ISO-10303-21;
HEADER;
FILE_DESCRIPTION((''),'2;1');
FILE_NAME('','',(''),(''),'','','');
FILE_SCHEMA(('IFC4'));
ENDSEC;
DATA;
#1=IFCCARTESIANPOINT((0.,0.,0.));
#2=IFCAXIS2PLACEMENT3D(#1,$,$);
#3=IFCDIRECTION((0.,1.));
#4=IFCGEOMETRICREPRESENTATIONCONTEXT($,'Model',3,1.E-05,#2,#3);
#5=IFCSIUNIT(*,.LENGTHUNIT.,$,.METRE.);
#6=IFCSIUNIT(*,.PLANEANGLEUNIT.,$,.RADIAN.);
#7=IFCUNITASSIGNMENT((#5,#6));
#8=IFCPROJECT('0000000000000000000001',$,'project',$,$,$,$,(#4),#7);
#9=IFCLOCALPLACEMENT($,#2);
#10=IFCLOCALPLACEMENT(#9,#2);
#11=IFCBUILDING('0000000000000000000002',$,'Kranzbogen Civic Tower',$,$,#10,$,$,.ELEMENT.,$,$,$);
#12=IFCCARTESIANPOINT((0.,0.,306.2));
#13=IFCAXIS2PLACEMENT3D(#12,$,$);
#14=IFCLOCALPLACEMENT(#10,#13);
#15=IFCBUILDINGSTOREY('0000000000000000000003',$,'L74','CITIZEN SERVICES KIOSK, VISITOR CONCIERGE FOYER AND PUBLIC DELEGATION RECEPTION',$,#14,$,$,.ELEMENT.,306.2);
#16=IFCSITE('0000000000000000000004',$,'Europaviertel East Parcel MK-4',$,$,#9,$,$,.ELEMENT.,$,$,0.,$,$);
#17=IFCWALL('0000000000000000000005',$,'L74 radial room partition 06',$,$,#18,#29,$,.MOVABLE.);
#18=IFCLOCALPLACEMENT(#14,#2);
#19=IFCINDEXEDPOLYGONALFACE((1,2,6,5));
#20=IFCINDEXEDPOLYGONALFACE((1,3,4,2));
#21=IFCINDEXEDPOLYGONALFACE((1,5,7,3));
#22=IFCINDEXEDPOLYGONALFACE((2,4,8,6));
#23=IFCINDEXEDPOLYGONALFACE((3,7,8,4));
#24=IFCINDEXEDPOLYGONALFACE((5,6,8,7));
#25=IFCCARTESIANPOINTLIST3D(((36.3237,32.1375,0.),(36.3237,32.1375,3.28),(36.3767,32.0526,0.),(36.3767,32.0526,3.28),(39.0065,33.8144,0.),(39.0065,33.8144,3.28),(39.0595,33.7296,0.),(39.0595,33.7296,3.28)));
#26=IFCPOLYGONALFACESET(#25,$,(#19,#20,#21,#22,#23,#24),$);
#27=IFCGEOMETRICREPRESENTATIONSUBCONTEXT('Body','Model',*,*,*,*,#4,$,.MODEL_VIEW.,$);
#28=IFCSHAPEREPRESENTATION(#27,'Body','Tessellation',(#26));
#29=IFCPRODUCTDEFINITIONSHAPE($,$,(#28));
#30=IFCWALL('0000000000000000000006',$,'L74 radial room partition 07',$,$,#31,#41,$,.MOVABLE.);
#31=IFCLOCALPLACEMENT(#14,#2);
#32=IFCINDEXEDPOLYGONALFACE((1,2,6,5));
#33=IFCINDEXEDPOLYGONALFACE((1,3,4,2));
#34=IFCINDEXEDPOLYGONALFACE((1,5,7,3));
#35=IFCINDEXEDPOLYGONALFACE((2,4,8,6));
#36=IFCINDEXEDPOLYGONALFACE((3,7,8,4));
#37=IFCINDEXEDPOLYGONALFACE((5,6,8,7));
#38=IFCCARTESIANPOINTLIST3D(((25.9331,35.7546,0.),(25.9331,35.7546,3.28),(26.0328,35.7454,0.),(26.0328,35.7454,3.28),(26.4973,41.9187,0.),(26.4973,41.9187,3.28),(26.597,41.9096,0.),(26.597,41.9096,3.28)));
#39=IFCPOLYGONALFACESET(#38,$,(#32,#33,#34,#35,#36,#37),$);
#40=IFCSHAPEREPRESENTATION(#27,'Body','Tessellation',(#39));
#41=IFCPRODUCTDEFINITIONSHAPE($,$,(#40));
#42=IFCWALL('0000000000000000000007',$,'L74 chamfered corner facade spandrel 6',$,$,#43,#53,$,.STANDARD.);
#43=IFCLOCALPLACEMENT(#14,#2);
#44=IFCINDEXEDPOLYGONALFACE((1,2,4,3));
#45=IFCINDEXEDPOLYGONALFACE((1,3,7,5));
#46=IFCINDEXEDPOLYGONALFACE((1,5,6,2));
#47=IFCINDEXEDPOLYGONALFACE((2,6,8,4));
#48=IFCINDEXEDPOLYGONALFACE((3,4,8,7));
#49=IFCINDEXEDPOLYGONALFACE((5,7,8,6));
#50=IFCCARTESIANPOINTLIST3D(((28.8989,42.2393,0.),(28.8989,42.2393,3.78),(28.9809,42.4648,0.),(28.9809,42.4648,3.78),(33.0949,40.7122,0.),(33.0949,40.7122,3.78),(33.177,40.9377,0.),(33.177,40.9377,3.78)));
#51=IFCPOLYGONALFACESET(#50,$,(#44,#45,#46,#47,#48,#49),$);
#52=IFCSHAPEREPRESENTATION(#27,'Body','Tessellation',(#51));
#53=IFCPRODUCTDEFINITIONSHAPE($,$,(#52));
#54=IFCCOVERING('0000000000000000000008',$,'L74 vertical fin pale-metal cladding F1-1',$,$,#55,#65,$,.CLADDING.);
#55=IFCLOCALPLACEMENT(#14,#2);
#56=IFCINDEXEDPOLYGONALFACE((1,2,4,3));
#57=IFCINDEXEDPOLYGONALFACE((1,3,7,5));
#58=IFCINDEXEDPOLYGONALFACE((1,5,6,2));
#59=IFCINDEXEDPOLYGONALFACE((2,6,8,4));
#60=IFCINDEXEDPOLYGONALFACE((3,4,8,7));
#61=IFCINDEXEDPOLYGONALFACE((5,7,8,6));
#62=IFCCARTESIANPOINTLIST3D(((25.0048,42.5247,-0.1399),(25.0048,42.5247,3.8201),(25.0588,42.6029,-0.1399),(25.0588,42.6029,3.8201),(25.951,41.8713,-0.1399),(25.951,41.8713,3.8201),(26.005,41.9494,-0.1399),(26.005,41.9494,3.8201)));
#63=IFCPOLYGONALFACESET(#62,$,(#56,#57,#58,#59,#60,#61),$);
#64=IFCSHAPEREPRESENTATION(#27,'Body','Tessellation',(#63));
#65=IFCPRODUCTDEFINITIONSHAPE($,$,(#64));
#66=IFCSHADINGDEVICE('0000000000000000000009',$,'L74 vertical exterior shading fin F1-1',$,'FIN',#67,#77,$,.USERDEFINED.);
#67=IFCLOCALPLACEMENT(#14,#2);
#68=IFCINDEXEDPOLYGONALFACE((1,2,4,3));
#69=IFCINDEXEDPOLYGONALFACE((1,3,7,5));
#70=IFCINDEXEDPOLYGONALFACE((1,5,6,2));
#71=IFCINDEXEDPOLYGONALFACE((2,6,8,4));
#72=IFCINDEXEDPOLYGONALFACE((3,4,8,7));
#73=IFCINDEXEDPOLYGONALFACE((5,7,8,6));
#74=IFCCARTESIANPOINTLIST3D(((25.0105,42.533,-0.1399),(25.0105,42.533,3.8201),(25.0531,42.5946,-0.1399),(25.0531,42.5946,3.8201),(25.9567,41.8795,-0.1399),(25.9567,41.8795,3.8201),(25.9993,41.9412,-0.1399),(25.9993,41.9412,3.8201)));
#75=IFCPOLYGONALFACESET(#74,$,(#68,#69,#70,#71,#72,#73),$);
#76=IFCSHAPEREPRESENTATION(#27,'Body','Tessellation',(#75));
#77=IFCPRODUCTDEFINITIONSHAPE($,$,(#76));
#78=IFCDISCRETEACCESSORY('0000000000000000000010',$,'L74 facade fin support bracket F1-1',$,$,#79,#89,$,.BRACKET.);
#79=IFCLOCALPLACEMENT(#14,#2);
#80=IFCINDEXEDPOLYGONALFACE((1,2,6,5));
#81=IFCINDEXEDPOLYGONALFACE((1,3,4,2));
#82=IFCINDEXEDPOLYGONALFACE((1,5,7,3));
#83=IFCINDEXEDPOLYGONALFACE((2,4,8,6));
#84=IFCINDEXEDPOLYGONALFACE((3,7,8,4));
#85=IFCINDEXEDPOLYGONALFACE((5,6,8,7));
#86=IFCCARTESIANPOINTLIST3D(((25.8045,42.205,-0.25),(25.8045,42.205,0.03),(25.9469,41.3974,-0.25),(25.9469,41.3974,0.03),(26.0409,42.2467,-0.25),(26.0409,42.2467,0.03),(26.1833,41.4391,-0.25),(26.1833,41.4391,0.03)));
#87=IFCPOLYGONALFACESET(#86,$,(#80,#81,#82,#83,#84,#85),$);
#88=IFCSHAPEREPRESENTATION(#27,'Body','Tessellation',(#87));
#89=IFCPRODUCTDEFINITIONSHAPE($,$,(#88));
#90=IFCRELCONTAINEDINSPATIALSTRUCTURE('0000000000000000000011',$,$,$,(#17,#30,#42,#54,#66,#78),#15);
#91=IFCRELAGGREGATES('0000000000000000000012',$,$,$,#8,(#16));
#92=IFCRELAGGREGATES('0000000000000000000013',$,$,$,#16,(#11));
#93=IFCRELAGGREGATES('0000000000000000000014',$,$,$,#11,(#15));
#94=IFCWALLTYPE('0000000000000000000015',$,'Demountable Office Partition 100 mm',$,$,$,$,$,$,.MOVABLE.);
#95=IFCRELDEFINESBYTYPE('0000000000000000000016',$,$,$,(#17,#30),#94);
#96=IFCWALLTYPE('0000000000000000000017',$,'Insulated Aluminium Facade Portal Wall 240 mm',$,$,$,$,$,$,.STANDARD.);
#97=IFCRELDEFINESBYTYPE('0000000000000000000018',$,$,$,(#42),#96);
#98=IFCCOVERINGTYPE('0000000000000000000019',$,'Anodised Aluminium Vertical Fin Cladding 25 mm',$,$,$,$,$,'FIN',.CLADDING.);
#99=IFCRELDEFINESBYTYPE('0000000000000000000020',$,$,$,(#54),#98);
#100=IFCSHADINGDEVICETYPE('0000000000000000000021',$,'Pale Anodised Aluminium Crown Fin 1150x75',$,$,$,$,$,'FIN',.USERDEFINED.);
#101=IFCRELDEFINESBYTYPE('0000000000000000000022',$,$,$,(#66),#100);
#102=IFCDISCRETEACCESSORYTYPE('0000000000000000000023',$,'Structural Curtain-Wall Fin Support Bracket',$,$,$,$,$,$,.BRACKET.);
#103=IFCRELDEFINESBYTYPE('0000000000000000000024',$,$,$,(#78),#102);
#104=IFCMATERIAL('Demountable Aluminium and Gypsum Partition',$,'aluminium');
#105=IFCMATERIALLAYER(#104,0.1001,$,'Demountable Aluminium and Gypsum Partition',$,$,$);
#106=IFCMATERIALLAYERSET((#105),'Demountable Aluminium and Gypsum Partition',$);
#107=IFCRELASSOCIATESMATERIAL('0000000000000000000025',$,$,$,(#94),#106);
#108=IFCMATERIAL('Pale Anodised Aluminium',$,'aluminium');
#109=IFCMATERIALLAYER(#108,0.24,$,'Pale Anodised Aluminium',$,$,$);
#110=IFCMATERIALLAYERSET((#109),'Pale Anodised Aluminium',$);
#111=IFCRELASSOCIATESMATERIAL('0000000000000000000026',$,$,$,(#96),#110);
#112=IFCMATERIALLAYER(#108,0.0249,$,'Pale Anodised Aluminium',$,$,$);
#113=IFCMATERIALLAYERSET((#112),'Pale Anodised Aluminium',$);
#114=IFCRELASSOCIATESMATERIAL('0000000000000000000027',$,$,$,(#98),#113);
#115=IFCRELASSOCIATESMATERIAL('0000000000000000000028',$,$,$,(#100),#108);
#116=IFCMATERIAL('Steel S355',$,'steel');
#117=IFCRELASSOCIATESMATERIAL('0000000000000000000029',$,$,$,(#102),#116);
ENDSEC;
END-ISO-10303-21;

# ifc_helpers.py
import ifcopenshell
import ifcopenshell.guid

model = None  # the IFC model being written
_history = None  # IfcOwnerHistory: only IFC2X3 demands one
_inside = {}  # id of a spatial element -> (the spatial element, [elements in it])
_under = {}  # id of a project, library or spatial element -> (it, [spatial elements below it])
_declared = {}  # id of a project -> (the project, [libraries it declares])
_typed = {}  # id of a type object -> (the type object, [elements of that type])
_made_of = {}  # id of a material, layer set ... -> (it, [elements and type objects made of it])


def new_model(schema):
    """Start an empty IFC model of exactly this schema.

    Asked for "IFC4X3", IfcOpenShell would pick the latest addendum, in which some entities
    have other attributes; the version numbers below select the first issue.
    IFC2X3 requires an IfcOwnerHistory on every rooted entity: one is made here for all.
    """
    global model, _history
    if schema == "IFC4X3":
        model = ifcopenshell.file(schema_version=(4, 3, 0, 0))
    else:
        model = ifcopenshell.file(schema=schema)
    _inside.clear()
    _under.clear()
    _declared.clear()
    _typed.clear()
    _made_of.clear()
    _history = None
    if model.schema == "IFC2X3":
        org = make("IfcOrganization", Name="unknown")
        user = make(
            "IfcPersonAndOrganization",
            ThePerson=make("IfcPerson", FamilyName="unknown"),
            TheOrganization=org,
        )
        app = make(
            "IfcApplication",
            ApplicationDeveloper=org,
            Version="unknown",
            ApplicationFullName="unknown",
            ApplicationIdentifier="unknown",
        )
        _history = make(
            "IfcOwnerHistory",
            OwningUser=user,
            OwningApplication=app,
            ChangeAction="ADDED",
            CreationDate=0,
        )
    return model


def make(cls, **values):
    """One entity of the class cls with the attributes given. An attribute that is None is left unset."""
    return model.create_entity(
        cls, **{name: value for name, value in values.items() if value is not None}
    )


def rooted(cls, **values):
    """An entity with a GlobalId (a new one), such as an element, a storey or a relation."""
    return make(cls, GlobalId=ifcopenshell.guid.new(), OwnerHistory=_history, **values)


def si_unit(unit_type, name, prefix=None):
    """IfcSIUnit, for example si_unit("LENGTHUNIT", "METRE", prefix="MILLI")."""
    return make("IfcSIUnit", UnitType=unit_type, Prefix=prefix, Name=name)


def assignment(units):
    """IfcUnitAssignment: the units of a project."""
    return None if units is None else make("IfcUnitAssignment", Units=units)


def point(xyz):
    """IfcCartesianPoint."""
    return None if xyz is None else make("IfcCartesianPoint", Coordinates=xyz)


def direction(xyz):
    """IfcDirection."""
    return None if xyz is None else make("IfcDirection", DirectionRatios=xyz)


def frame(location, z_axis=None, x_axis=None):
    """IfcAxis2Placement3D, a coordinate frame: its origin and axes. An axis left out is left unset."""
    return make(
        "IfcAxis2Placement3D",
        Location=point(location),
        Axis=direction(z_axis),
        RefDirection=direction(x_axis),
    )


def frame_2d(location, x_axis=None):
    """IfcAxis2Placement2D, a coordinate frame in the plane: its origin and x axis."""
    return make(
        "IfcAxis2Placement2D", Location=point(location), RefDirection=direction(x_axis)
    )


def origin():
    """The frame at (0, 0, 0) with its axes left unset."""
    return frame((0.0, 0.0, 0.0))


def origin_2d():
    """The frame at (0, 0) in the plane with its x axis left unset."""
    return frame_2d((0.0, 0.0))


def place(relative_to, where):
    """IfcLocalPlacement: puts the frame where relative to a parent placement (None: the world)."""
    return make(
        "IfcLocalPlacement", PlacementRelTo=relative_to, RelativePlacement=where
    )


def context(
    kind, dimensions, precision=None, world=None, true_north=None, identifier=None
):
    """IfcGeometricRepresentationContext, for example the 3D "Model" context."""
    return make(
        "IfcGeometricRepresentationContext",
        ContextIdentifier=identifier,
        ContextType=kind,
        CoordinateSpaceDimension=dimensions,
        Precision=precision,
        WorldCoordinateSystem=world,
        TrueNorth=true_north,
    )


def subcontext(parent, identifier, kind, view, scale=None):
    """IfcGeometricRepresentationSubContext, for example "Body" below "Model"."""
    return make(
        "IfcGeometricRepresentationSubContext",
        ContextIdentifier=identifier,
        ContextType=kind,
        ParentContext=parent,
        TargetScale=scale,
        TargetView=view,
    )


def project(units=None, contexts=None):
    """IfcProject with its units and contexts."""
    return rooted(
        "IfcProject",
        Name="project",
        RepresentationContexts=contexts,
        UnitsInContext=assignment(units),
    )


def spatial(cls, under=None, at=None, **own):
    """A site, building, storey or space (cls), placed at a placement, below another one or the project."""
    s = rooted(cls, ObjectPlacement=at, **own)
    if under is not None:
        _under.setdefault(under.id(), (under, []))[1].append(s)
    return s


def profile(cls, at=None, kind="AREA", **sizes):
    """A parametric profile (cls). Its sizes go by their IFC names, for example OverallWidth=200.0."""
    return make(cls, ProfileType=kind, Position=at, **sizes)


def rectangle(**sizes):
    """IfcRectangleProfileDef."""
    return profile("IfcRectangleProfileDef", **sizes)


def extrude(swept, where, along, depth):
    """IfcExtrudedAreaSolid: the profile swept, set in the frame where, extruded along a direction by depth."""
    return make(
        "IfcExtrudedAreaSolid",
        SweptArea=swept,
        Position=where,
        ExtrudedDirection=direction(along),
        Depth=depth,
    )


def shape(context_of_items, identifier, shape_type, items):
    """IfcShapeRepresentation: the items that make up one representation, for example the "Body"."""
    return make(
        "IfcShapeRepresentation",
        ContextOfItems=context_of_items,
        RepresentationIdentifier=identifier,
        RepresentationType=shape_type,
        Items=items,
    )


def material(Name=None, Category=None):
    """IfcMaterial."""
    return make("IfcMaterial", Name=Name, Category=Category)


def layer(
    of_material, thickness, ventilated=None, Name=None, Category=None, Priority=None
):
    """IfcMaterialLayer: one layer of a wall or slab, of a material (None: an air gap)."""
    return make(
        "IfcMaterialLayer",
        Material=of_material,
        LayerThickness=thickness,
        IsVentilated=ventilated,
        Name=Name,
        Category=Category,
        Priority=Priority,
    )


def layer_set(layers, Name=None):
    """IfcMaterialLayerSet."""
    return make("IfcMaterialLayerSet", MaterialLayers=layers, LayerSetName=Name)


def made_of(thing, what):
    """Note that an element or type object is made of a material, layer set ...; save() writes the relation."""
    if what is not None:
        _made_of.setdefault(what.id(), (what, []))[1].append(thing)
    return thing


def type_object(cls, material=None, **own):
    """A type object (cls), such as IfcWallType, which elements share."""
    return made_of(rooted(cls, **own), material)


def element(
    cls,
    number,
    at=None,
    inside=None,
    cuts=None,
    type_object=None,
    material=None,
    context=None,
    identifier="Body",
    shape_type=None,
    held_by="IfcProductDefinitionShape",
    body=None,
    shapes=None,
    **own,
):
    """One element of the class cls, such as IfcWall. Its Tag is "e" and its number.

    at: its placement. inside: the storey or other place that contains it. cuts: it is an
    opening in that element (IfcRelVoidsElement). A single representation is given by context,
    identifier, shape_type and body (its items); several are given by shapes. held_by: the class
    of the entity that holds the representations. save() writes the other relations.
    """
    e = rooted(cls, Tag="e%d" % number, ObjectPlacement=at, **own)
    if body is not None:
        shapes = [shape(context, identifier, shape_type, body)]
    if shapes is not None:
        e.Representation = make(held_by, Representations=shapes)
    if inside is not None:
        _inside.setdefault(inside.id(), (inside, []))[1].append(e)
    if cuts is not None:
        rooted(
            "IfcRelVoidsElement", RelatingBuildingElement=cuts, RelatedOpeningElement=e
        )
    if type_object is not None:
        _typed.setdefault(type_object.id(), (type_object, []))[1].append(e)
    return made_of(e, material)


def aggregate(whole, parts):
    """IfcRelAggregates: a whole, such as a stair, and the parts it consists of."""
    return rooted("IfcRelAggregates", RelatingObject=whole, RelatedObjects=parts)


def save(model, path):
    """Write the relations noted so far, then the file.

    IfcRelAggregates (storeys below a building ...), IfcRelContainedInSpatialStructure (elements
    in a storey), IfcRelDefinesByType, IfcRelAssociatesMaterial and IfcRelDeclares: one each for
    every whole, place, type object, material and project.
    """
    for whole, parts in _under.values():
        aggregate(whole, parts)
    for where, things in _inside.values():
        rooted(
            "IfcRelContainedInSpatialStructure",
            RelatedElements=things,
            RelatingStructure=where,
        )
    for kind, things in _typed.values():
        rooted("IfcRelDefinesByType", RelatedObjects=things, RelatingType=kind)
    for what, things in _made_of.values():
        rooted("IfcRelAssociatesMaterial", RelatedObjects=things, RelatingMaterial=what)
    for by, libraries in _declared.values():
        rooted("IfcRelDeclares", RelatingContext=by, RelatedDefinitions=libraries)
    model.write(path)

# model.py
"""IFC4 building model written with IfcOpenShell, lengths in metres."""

from ifc_helpers import new_model, si_unit, direction, frame, frame_2d, origin, origin_2d, place, context, subcontext, project, spatial, rectangle, extrude, material, layer, layer_set, type_object, element, save


model = new_model("IFC4")

# Units and contexts
model_context = context("Model", 3, precision=1e-05, world=origin(), true_north=direction((0.0, 1.0)))
body_context = subcontext(model_context, "Body", "Model", "MODEL_VIEW")
ifc_project = project(units=[si_unit("LENGTHUNIT", "METRE"), si_unit("PLANEANGLEUNIT", "RADIAN")], contexts=[model_context])

# Site, building, storey
site_placement = place(None, origin())
site = spatial("IfcSite", under=ifc_project, at=site_placement, Name="Europaviertel East Parcel MK-4", CompositionType="ELEMENT", RefElevation=0.0)
building_placement = place(site_placement, origin())
building = spatial("IfcBuilding", under=site, at=building_placement, Name="Kranzbogen Civic Tower", CompositionType="ELEMENT")
storey_placement = place(building_placement, frame((0.0, 0.0, 306.2)))
storey = spatial("IfcBuildingStorey", under=building, at=storey_placement, Name="L74", Description="CITIZEN SERVICES KIOSK, VISITOR CONCIERGE FOYER AND PUBLIC DELEGATION RECEPTION", CompositionType="ELEMENT", Elevation=306.2)

# Shared definitions
ifc_material_1 = material(Name="Steel S355", Category="steel")

# Shared definitions
ifc_material_2 = material(Name="Pale Anodised Aluminium", Category="aluminium")

# Walls
ifc_material_3 = material(Name="Demountable Aluminium and Gypsum Partition", Category="aluminium")
ifc_layer_1 = layer(ifc_material_3, 0.1001, Name="Demountable Aluminium and Gypsum Partition")
ifc_layer_set_1 = layer_set([ifc_layer_1], Name="Demountable Aluminium and Gypsum Partition")
wall_type_1 = type_object("IfcWallType", Name="Demountable Office Partition 100 mm", PredefinedType="MOVABLE", material=ifc_layer_set_1)
wall_1_placement = place(storey_placement, frame((36.3501, 32.095, 0.0), z_axis=(0.0, 0.0, 1.0), x_axis=(0.847968, 0.530047, 0.0)))
element("IfcWall", 1, at=wall_1_placement, inside=storey, type_object=wall_type_1, Name="L74 radial room partition 06", PredefinedType="MOVABLE", context=body_context, shape_type="SweptSolid", body=[
    extrude(rectangle(XDim=3.1638, YDim=0.1001, at=frame_2d((1.582, 0.0))), origin(), (0.0, 0.0, 1.0), 3.28),
])
wall_2_placement = place(storey_placement, frame((25.9829, 35.75, 0.0), z_axis=(0.0, 0.0, 1.0), x_axis=(0.091151, 0.995837, 0.0)))
element("IfcWall", 2, at=wall_2_placement, inside=storey, type_object=wall_type_1, Name="L74 radial room partition 07", PredefinedType="MOVABLE", context=body_context, shape_type="SweptSolid", body=[
    extrude(rectangle(XDim=6.1899, YDim=0.1001, at=frame_2d((3.095, 0.0))), origin(), (0.0, 0.0, 1.0), 3.28),
])
ifc_layer_2 = layer(ifc_material_2, 0.24, Name="Pale Anodised Aluminium")
ifc_layer_set_2 = layer_set([ifc_layer_2], Name="Pale Anodised Aluminium")
wall_type_2 = type_object("IfcWallType", Name="Insulated Aluminium Facade Portal Wall 240 mm", PredefinedType="STANDARD", material=ifc_layer_set_2)
wall_3_placement = place(storey_placement, frame((33.136, 40.825, 0.0), z_axis=(0.0, 0.0, 1.0), x_axis=(-0.939702, 0.341993, 0.0)))
element("IfcWall", 3, at=wall_3_placement, inside=storey, type_object=wall_type_2, Name="L74 chamfered corner facade spandrel 6", PredefinedType="STANDARD", context=body_context, shape_type="SweptSolid", body=[
    extrude(rectangle(XDim=4.4653, YDim=0.24, at=frame_2d((2.2327, 0.0))), origin(), (0.0, 0.0, 1.0), 3.78),
])

# Covering
ifc_layer_3 = layer(ifc_material_2, 0.0249, Name="Pale Anodised Aluminium")
ifc_layer_set_3 = layer_set([ifc_layer_3], Name="Pale Anodised Aluminium")
covering_type = type_object("IfcCoveringType", Name="Anodised Aluminium Vertical Fin Cladding 25 mm", ElementType="FIN", PredefinedType="CLADDING", material=ifc_layer_set_3)
covering_placement = place(storey_placement, frame((25.5049, 42.2371, -0.1399), z_axis=(0.0, 0.0, 1.0), x_axis=(-0.822839, 0.568275, 0.0)))
element("IfcCovering", 4, at=covering_placement, inside=storey, type_object=covering_type, Name="L74 vertical fin pale-metal cladding F1-1", PredefinedType="CLADDING", context=body_context, shape_type="SweptSolid", body=[
    extrude(rectangle(XDim=1.1499, YDim=0.095, at=origin_2d()), origin(), (0.0, 0.0, 1.0), 3.96),
])

# Shading device
shading_device_type = type_object("IfcShadingDeviceType", Name="Pale Anodised Aluminium Crown Fin 1150x75", ElementType="FIN", PredefinedType="USERDEFINED", material=ifc_material_2)
shading_device_placement = place(storey_placement, frame((25.5049, 42.2371, -0.1399), z_axis=(0.0, 0.0, 1.0), x_axis=(-0.822839, 0.568275, 0.0)))
element("IfcShadingDevice", 5, at=shading_device_placement, inside=storey, type_object=shading_device_type, Name="L74 vertical exterior shading fin F1-1", ObjectType="FIN", PredefinedType="USERDEFINED", context=body_context, shape_type="SweptSolid", body=[
    extrude(rectangle(XDim=1.1499, YDim=0.075, at=origin_2d()), origin(), (0.0, 0.0, 1.0), 3.96),
])

# Discrete accessory
discrete_accessory_type = type_object("IfcDiscreteAccessoryType", Name="Structural Curtain-Wall Fin Support Bracket", PredefinedType="BRACKET", material=ifc_material_1)
discrete_accessory_placement = place(storey_placement, frame((25.9939, 41.822, -0.25), z_axis=(0.0, 0.0, 1.0), x_axis=(-0.173648, 0.984808, 0.0)))
element("IfcDiscreteAccessory", 6, at=discrete_accessory_placement, inside=storey, type_object=discrete_accessory_type, Name="L74 facade fin support bracket F1-1", PredefinedType="BRACKET", context=body_context, shape_type="SweptSolid", body=[
    extrude(rectangle(XDim=0.8201, YDim=0.24, at=origin_2d()), origin(), (0.0, 0.0, 1.0), 0.28),
])

save(model, "model.ifc")
